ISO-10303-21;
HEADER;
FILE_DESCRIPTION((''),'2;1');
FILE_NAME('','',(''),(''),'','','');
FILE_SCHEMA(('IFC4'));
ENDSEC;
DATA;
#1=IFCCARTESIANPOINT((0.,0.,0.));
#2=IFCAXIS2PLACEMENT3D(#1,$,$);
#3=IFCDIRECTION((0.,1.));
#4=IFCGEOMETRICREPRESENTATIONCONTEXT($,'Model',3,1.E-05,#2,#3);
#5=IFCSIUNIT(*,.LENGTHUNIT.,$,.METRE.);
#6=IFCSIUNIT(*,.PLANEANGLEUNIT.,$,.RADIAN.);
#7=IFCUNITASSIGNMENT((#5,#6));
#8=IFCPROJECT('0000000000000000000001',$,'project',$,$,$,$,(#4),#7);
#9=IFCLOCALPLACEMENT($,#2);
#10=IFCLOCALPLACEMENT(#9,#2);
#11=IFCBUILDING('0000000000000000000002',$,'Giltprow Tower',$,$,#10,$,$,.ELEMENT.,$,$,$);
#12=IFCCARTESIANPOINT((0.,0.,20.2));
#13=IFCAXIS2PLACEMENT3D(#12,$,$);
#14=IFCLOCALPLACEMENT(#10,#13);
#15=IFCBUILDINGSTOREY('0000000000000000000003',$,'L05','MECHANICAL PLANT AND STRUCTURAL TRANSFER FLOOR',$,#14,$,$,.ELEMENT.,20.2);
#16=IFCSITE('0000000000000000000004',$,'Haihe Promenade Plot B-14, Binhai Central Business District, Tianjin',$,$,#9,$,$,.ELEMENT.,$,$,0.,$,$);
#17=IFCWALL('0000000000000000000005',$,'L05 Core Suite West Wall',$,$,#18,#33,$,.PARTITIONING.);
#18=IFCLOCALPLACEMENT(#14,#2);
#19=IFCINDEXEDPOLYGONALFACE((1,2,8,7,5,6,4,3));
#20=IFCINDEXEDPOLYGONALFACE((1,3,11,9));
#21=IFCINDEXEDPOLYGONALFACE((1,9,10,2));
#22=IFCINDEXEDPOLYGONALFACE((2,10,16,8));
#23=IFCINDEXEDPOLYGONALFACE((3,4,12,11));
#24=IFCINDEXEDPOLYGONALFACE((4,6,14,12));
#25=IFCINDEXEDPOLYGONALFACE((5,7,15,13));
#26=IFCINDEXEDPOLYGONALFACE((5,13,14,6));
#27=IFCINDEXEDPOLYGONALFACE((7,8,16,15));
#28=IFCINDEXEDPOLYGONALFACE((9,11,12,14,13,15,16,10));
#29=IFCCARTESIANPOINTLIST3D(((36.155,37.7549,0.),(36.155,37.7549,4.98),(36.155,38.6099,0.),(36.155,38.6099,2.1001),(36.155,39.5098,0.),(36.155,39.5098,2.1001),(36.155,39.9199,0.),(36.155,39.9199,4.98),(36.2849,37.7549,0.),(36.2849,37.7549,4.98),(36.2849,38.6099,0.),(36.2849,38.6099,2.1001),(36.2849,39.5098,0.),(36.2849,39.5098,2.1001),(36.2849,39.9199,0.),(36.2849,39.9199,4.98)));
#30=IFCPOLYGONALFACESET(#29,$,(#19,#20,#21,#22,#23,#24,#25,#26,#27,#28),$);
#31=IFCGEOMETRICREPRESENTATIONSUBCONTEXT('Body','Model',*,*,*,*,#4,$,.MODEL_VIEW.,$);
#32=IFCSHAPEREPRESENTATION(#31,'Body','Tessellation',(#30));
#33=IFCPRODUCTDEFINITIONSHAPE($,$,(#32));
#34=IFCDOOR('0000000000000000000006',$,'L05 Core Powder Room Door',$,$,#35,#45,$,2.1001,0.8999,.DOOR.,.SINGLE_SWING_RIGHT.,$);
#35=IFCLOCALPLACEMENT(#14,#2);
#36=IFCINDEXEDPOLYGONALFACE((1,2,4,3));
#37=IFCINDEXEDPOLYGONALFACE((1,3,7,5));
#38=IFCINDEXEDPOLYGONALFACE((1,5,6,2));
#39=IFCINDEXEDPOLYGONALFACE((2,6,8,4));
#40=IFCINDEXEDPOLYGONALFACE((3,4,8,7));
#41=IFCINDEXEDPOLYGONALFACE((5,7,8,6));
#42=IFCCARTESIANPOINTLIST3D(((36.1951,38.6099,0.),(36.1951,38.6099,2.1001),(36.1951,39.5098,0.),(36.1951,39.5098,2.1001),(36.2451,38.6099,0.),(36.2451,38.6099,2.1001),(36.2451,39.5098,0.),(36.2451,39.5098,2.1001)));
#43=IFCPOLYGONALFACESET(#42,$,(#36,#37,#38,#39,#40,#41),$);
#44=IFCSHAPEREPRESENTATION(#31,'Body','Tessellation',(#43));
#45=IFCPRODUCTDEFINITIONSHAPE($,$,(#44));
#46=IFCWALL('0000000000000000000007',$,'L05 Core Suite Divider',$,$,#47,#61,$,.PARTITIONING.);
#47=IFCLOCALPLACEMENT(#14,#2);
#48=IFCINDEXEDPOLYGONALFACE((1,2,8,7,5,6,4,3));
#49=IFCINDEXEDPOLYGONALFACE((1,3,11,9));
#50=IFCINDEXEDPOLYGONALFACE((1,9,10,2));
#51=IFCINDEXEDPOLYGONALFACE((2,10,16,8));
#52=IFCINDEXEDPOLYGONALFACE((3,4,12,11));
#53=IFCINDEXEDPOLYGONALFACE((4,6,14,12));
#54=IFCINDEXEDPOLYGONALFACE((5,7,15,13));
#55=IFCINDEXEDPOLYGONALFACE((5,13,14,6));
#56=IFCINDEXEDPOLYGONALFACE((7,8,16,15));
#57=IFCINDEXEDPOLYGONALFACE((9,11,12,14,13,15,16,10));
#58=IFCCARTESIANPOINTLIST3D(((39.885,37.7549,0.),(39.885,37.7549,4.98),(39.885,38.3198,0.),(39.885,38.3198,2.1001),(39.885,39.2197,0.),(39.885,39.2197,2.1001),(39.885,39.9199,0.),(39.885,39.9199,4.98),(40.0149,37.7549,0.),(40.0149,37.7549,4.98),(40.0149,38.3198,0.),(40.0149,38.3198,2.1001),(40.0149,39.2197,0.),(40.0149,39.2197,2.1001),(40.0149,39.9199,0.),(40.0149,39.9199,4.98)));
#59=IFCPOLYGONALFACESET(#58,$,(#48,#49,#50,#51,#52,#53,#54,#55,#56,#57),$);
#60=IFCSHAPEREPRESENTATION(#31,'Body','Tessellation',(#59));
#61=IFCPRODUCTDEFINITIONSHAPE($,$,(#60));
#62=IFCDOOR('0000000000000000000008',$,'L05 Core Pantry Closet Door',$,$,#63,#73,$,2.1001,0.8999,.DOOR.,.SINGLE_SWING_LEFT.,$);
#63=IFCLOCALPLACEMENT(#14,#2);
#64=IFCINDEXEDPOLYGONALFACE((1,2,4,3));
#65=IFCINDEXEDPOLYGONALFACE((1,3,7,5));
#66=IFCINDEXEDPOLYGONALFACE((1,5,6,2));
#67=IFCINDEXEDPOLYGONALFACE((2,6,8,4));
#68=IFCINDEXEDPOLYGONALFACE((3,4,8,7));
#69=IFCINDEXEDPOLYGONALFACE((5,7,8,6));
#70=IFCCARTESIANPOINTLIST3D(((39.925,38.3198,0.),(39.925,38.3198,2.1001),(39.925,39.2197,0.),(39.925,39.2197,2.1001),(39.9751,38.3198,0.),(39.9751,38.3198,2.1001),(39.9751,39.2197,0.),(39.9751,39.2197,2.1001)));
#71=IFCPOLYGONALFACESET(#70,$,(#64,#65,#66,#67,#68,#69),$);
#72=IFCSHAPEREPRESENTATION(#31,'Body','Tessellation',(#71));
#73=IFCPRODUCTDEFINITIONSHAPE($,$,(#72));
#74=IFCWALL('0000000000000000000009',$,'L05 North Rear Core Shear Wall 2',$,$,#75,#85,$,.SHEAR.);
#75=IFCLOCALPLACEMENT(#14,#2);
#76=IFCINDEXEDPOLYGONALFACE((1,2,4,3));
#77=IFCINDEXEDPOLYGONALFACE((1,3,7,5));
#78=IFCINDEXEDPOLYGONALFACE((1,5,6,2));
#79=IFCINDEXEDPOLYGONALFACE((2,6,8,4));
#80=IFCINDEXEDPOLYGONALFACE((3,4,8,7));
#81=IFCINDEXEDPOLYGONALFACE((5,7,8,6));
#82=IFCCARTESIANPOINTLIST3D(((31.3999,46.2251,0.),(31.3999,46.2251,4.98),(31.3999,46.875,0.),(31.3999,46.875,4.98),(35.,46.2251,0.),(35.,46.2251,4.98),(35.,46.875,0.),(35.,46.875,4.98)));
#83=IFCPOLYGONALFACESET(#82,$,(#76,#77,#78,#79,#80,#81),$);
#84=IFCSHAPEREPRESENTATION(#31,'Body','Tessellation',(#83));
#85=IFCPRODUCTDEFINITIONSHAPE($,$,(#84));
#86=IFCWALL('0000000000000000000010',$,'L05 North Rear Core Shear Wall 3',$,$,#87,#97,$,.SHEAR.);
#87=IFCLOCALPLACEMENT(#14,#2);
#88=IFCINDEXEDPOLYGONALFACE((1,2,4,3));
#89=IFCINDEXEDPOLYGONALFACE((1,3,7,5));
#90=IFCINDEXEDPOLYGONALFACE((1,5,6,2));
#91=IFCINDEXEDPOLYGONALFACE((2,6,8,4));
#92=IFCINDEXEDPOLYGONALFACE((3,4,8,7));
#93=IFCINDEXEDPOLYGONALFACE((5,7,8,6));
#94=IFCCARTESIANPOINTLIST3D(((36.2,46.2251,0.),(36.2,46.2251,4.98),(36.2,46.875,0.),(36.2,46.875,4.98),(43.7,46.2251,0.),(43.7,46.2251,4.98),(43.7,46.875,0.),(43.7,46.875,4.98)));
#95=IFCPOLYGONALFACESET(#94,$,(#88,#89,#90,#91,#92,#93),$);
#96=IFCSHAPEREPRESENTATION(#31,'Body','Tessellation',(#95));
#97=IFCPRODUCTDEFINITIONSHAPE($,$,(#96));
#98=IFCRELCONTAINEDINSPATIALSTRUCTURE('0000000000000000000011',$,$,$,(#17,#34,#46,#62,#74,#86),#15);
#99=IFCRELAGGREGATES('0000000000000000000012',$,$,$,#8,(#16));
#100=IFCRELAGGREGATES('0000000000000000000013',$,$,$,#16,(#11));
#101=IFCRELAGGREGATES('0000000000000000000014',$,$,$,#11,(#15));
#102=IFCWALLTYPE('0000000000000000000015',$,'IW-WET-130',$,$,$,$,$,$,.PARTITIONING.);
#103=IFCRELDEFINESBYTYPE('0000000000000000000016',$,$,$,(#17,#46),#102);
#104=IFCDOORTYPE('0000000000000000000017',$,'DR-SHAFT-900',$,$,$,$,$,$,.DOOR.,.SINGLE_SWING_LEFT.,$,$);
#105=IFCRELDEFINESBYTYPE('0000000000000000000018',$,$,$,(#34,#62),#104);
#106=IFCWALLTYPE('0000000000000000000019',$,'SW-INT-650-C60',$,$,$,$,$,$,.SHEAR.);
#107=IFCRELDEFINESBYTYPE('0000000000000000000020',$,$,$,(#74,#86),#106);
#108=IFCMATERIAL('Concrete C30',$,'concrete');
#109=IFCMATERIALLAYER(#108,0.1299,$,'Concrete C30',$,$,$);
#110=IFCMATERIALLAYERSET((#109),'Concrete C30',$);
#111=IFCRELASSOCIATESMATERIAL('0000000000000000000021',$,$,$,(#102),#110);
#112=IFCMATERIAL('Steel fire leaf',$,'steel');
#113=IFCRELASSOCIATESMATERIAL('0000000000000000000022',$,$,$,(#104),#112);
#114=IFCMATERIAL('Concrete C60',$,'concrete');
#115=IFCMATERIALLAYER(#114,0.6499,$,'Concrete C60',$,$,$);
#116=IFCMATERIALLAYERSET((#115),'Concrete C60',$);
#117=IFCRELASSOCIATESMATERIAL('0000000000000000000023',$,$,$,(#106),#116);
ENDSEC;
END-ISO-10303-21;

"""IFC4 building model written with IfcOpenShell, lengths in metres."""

from ifc_helpers import new_model, si_unit, direction, frame, frame_2d, origin, place, context, subcontext, project, spatial, rectangle, extrude, source, transform, mapped, material, layer, layer_set, type_object, element, fill, save


model = new_model("IFC4")

# Units and contexts
model_context = context("Model", 3, precision=1e-05, world=origin(), true_north=direction((0.0, 1.0)))
body_context = subcontext(model_context, "Body", "Model", "MODEL_VIEW")
ifc_project = project(units=[si_unit("LENGTHUNIT", "METRE"), si_unit("PLANEANGLEUNIT", "RADIAN")], contexts=[model_context])

# Site, building, storey
site_placement = place(None, origin())
site = spatial("IfcSite", under=ifc_project, at=site_placement, Name="Haihe Promenade Plot B-14, Binhai Central Business District, Tianjin", CompositionType="ELEMENT", RefElevation=0.0)
building_placement = place(site_placement, origin())
building = spatial("IfcBuilding", under=site, at=building_placement, Name="Giltprow Tower", CompositionType="ELEMENT")
storey_placement = place(building_placement, frame((0.0, 0.0, 20.2)))
storey = spatial("IfcBuildingStorey", under=building, at=storey_placement, Name="L05", Description="MECHANICAL PLANT AND STRUCTURAL TRANSFER FLOOR", CompositionType="ELEMENT", Elevation=20.2)

# Shared definitions
ifc_material_1 = material(Name="Concrete C60", Category="concrete")

# Walls, openings, doors
ifc_material_2 = material(Name="Concrete C30", Category="concrete")
ifc_layer_1 = layer(ifc_material_2, 0.1299, Name="Concrete C30")
ifc_layer_set_1 = layer_set([ifc_layer_1], Name="Concrete C30")
wall_type_1 = type_object("IfcWallType", Name="IW-WET-130", PredefinedType="PARTITIONING", material=ifc_layer_set_1)
wall_1_placement = place(storey_placement, frame((36.22, 37.7549, 0.0), z_axis=(0.0, 0.0, 1.0), x_axis=(0.0, 1.0, 0.0)))
wall_1 = element("IfcWall", 1, at=wall_1_placement, inside=storey, type_object=wall_type_1, Name="L05 Core Suite West Wall", PredefinedType="PARTITIONING", context=body_context, shape_type="SweptSolid", body=[
    extrude(rectangle(XDim=2.165, YDim=0.1299, at=frame_2d((1.0825, 0.0))), origin(), (0.0, 0.0, 1.0), 4.98),
])
opening_1_placement = place(wall_1_placement, frame((0.855, 0.0, 0.0)))
opening_1 = element("IfcOpeningElement", 2, at=opening_1_placement, cuts=wall_1, PredefinedType="OPENING", context=body_context, shape_type="SweptSolid", body=[
    extrude(rectangle(XDim=0.8999, YDim=2.1001, at=frame_2d((0.45, 1.05))), frame((0.0, 0.075, 0.0), z_axis=(0.0, -1.0, 0.0), x_axis=(1.0, 0.0, 0.0)), (0.0, 0.0, 1.0), 0.1499),
])
ifc_material_3 = material(Name="Steel fire leaf", Category="steel")
door_type_1 = type_object("IfcDoorType", Name="DR-SHAFT-900", OperationType="SINGLE_SWING_LEFT", PredefinedType="DOOR", material=ifc_material_3)
shared_shape_1 = source(origin(), body_context, "Body", "SweptSolid", [
    extrude(rectangle(XDim=0.8999, YDim=2.1001, at=frame_2d((0.45, 1.05))), frame((0.0, 0.0249, 0.0), z_axis=(0.0, -1.0, 0.0), x_axis=(1.0, 0.0, 0.0)), (0.0, 0.0, 1.0), 0.05),
])
door_1_placement = place(opening_1_placement, origin())
door_1 = element("IfcDoor", 3, at=door_1_placement, inside=storey, type_object=door_type_1, Name="L05 Core Powder Room Door", OperationType="SINGLE_SWING_RIGHT", OverallHeight=2.1001, OverallWidth=0.8999, PredefinedType="DOOR", context=body_context, shape_type="MappedRepresentation", body=[
    mapped(shared_shape_1, transform((0.0, 0.0, 0.0), x_axis=(1.0, 0.0, 0.0), y_axis=(0.0, 1.0, 0.0), z_axis=(0.0, 0.0, 1.0), scale=1.0)),
])
fill(opening_1, door_1)
wall_2_placement = place(storey_placement, frame((39.95, 37.7549, 0.0), z_axis=(0.0, 0.0, 1.0), x_axis=(0.0, 1.0, 0.0)))
wall_2 = element("IfcWall", 4, at=wall_2_placement, inside=storey, type_object=wall_type_1, Name="L05 Core Suite Divider", PredefinedType="PARTITIONING", context=body_context, shape_type="SweptSolid", body=[
    extrude(rectangle(XDim=2.165, YDim=0.1299, at=frame_2d((1.0825, 0.0))), origin(), (0.0, 0.0, 1.0), 4.98),
])
opening_2_placement = place(wall_2_placement, frame((0.5649, 0.0, 0.0)))
opening_2 = element("IfcOpeningElement", 5, at=opening_2_placement, cuts=wall_2, PredefinedType="OPENING", context=body_context, shape_type="SweptSolid", body=[
    extrude(rectangle(XDim=0.8999, YDim=2.1001, at=frame_2d((0.45, 1.05))), frame((0.0, 0.075, 0.0), z_axis=(0.0, -1.0, 0.0), x_axis=(1.0, 0.0, 0.0)), (0.0, 0.0, 1.0), 0.1499),
])
door_2_placement = place(opening_2_placement, origin())
door_2 = element("IfcDoor", 6, at=door_2_placement, inside=storey, type_object=door_type_1, Name="L05 Core Pantry Closet Door", OperationType="SINGLE_SWING_LEFT", OverallHeight=2.1001, OverallWidth=0.8999, PredefinedType="DOOR", context=body_context, shape_type="MappedRepresentation", body=[
    mapped(shared_shape_1, transform((0.0, 0.0, 0.0), x_axis=(1.0, 0.0, 0.0), y_axis=(0.0, 1.0, 0.0), z_axis=(0.0, 0.0, 1.0), scale=1.0)),
])
fill(opening_2, door_2)

# Walls
ifc_layer_2 = layer(ifc_material_1, 0.6499, Name="Concrete C60")
ifc_layer_set_2 = layer_set([ifc_layer_2], Name="Concrete C60")
wall_type_2 = type_object("IfcWallType", Name="SW-INT-650-C60", PredefinedType="SHEAR", material=ifc_layer_set_2)
wall_3_placement = place(storey_placement, frame((31.3999, 46.55, 0.0), z_axis=(0.0, 0.0, 1.0), x_axis=(1.0, 0.0, 0.0)))
element("IfcWall", 7, at=wall_3_placement, inside=storey, type_object=wall_type_2, Name="L05 North Rear Core Shear Wall 2", PredefinedType="SHEAR", context=body_context, shape_type="SweptSolid", body=[
    extrude(rectangle(XDim=3.6001, YDim=0.6499, at=frame_2d((1.8, 0.0))), origin(), (0.0, 0.0, 1.0), 4.98),
])
wall_4_placement = place(storey_placement, frame((36.2, 46.55, 0.0), z_axis=(0.0, 0.0, 1.0), x_axis=(1.0, 0.0, 0.0)))
element("IfcWall", 8, at=wall_4_placement, inside=storey, type_object=wall_type_2, Name="L05 North Rear Core Shear Wall 3", PredefinedType="SHEAR", context=body_context, shape_type="SweptSolid", body=[
    extrude(rectangle(XDim=7.5, YDim=0.6499, at=frame_2d((3.75, 0.0))), origin(), (0.0, 0.0, 1.0), 4.98),
])

save(model, "model.ifc")
